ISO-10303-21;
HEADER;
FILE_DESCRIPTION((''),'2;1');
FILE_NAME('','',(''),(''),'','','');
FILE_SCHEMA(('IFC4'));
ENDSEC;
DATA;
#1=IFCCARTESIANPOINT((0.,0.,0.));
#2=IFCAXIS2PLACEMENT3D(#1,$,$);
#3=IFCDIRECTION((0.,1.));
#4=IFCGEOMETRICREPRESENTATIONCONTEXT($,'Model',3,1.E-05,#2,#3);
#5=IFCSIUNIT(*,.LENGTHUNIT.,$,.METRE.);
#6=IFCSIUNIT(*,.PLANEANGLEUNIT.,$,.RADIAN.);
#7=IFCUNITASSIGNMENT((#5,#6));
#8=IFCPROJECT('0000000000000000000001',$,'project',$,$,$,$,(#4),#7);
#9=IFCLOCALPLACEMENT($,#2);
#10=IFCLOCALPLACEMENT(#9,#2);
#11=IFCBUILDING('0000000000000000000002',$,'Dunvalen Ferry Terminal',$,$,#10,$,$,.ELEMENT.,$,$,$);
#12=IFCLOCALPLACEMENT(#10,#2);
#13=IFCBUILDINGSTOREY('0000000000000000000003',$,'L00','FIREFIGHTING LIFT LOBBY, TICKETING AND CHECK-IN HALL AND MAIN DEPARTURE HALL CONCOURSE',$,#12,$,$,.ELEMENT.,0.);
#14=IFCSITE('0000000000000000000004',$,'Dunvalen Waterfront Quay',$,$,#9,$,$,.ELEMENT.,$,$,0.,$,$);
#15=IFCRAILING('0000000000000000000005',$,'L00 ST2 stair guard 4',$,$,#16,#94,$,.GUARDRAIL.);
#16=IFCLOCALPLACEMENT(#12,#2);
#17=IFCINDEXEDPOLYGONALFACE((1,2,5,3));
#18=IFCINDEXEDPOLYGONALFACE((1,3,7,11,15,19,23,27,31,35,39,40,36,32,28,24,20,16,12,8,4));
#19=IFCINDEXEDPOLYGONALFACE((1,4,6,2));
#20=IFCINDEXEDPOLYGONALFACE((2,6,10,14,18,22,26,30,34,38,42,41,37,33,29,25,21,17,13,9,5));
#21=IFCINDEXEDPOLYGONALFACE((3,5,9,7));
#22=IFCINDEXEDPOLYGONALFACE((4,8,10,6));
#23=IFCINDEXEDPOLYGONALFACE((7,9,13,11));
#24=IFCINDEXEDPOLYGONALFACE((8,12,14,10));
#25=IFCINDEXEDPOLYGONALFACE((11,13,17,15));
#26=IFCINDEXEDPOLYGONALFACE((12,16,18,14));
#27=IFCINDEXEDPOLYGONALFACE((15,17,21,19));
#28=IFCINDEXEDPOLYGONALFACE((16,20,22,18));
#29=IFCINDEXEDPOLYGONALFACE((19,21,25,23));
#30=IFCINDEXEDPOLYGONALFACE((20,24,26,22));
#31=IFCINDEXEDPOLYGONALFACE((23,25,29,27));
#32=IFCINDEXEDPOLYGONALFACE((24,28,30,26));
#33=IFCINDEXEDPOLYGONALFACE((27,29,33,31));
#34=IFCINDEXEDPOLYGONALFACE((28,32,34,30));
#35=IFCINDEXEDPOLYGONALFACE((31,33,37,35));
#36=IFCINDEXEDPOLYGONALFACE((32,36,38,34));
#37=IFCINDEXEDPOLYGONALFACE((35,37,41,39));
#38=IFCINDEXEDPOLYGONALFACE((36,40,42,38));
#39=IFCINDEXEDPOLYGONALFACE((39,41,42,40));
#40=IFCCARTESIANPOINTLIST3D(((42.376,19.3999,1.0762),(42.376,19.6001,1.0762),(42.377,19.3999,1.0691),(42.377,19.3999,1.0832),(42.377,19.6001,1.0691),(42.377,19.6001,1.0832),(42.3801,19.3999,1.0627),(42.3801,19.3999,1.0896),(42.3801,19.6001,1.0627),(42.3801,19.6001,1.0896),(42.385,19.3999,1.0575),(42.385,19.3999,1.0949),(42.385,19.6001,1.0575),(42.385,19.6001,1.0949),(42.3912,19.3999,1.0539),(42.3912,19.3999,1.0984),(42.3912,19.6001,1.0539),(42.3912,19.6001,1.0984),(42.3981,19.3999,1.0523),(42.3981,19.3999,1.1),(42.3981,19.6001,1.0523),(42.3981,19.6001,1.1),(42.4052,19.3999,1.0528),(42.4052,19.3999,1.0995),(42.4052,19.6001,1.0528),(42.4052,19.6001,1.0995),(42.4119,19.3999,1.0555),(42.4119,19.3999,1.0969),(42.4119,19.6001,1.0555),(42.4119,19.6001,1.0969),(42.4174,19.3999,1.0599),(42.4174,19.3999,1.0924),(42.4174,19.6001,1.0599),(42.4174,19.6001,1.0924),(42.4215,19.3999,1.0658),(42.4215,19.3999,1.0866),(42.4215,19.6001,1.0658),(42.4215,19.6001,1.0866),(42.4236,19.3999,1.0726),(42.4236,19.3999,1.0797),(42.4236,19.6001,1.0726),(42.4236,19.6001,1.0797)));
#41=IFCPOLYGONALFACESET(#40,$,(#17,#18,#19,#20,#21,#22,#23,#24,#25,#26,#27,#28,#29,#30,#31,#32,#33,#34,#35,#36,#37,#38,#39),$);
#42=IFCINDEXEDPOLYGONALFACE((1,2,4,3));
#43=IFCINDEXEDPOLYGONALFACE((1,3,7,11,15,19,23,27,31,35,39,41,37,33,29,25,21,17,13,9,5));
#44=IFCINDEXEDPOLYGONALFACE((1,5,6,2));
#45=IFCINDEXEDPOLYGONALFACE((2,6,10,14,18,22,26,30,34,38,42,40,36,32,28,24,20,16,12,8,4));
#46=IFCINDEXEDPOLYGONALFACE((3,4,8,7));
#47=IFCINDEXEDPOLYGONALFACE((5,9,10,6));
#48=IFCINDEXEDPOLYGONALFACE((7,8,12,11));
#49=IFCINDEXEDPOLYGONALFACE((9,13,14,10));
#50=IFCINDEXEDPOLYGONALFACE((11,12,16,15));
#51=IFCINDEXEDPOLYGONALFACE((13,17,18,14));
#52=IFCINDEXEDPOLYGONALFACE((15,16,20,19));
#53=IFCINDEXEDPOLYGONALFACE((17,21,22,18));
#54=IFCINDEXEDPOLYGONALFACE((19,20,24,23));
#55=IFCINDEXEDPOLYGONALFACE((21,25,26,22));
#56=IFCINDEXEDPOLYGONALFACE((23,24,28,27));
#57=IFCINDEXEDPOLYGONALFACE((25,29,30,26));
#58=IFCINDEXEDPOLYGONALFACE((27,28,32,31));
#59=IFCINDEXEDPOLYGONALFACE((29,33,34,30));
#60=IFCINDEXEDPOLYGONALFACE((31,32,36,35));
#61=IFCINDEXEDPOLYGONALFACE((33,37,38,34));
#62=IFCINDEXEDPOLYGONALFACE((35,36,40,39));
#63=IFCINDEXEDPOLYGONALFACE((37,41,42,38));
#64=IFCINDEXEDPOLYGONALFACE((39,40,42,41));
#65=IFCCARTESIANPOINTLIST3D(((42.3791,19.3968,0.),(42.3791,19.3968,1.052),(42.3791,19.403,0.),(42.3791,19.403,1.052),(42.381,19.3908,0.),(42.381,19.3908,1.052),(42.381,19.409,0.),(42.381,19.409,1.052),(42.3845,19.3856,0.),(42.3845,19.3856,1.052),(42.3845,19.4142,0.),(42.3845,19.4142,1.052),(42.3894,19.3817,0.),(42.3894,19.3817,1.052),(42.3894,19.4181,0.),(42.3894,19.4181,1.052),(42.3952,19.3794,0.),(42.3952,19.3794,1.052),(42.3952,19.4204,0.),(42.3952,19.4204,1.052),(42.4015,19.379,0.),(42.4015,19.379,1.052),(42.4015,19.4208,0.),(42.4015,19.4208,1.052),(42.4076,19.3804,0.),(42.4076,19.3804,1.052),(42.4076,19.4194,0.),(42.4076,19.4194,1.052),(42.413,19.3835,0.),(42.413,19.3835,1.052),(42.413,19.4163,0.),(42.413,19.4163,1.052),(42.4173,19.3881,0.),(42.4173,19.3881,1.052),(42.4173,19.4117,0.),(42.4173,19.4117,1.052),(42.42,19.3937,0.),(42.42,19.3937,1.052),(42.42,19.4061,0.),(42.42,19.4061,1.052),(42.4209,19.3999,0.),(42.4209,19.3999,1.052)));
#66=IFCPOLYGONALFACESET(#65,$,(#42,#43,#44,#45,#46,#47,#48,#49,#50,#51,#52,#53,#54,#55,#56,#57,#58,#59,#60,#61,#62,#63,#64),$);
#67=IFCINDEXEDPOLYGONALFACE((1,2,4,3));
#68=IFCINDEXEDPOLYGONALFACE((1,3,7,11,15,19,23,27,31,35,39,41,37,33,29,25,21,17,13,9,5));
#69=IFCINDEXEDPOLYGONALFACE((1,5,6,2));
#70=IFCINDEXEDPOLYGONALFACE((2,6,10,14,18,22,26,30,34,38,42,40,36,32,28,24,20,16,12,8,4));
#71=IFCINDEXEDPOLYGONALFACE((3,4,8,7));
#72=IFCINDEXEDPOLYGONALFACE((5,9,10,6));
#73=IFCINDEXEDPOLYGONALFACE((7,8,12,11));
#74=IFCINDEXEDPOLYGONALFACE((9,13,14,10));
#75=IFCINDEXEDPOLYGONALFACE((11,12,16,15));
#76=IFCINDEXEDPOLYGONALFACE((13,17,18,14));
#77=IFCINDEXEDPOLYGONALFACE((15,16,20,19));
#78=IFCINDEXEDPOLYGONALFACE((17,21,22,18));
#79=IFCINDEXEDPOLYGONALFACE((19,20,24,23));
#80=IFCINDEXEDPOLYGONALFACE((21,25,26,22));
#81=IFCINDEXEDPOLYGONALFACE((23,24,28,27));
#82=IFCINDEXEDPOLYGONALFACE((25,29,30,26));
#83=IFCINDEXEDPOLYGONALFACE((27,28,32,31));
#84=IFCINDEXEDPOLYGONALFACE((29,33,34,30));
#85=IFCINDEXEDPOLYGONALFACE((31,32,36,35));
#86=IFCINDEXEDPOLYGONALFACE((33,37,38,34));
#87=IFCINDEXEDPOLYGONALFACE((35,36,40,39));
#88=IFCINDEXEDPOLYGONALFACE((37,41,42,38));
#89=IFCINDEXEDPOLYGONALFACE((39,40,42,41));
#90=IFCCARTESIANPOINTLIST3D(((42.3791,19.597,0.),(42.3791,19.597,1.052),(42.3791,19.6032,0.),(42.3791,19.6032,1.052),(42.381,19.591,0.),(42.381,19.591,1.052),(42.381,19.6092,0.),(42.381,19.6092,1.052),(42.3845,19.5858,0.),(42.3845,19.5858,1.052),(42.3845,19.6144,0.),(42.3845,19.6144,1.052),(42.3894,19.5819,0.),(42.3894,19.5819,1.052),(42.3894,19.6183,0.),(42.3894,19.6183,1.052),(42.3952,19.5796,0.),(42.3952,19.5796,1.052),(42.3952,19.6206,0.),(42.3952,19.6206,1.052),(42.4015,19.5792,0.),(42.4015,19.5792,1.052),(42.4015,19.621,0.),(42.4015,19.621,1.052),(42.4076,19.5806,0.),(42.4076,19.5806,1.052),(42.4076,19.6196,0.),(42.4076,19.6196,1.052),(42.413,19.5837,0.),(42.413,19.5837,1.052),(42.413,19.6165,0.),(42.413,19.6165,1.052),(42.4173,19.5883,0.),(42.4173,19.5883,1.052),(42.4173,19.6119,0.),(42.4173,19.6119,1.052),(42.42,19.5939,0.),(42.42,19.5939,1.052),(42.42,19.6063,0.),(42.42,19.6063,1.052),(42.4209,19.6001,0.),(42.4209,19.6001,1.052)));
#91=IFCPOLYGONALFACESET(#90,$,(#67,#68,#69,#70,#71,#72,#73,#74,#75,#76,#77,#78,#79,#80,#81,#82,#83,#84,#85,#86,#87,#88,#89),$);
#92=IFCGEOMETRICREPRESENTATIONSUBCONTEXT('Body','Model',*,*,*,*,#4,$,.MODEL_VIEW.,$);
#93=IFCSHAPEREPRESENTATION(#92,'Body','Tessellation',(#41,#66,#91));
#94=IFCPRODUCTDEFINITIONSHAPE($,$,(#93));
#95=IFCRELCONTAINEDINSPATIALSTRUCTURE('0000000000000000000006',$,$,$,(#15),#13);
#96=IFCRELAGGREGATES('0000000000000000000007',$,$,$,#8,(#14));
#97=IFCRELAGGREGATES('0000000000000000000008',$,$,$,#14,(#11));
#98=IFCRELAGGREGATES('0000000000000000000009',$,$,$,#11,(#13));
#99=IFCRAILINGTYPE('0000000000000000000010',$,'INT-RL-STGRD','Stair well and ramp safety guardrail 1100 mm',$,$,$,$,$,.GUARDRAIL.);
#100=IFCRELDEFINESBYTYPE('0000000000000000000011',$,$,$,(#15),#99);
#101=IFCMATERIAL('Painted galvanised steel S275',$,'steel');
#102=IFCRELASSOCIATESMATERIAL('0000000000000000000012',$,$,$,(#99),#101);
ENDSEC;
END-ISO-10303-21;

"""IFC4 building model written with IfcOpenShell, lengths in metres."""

from ifc_helpers import new_model, si_unit, direction, frame, origin, origin_2d, place, context, subcontext, project, spatial, circle, extrude, material, type_object, element, save


model = new_model("IFC4")

# Units and contexts
model_context = context("Model", 3, precision=1e-05, world=origin(), true_north=direction((0.0, 1.0)))
body_context = subcontext(model_context, "Body", "Model", "MODEL_VIEW")
ifc_project = project(units=[si_unit("LENGTHUNIT", "METRE"), si_unit("PLANEANGLEUNIT", "RADIAN")], contexts=[model_context])

# Site, building, storey
site_placement = place(None, origin())
site = spatial("IfcSite", under=ifc_project, at=site_placement, Name="Dunvalen Waterfront Quay", CompositionType="ELEMENT", RefElevation=0.0)
building_placement = place(site_placement, origin())
building = spatial("IfcBuilding", under=site, at=building_placement, Name="Dunvalen Ferry Terminal", CompositionType="ELEMENT")
storey_placement = place(building_placement, origin())
storey = spatial("IfcBuildingStorey", under=building, at=storey_placement, Name="L00", Description="FIREFIGHTING LIFT LOBBY, TICKETING AND CHECK-IN HALL AND MAIN DEPARTURE HALL CONCOURSE", CompositionType="ELEMENT", Elevation=0.0)

# Railing
ifc_material_1 = material(Name="Painted galvanised steel S275", Category="steel")
railing_type_1 = type_object("IfcRailingType", Name="INT-RL-STGRD", Description="Stair well and ramp safety guardrail 1100 mm", PredefinedType="GUARDRAIL", material=ifc_material_1)
railing_1_placement = place(storey_placement, frame((42.3999, 19.3999, 0.0)))
element("IfcRailing", 1, at=railing_1_placement, inside=storey, type_object=railing_type_1, Name="L00 ST2 stair guard 4", PredefinedType="GUARDRAIL", context=body_context, shape_type="SweptSolid", body=[
    extrude(circle(Radius=0.0239, at=origin_2d()), frame((0.0, 0.0, 1.0762), z_axis=(0.0, 1.0, 0.0), x_axis=(-1.0, 0.0, 0.0)), (0.0, 0.0, 1.0), 0.2002),
    extrude(circle(Radius=0.021, at=origin_2d()), origin(), (0.0, 0.0, 1.0), 1.052),
    extrude(circle(Radius=0.021, at=origin_2d()), frame((0.0, 0.2002, 0.0)), (0.0, 0.0, 1.0), 1.052),
])

save(model, "model.ifc")
